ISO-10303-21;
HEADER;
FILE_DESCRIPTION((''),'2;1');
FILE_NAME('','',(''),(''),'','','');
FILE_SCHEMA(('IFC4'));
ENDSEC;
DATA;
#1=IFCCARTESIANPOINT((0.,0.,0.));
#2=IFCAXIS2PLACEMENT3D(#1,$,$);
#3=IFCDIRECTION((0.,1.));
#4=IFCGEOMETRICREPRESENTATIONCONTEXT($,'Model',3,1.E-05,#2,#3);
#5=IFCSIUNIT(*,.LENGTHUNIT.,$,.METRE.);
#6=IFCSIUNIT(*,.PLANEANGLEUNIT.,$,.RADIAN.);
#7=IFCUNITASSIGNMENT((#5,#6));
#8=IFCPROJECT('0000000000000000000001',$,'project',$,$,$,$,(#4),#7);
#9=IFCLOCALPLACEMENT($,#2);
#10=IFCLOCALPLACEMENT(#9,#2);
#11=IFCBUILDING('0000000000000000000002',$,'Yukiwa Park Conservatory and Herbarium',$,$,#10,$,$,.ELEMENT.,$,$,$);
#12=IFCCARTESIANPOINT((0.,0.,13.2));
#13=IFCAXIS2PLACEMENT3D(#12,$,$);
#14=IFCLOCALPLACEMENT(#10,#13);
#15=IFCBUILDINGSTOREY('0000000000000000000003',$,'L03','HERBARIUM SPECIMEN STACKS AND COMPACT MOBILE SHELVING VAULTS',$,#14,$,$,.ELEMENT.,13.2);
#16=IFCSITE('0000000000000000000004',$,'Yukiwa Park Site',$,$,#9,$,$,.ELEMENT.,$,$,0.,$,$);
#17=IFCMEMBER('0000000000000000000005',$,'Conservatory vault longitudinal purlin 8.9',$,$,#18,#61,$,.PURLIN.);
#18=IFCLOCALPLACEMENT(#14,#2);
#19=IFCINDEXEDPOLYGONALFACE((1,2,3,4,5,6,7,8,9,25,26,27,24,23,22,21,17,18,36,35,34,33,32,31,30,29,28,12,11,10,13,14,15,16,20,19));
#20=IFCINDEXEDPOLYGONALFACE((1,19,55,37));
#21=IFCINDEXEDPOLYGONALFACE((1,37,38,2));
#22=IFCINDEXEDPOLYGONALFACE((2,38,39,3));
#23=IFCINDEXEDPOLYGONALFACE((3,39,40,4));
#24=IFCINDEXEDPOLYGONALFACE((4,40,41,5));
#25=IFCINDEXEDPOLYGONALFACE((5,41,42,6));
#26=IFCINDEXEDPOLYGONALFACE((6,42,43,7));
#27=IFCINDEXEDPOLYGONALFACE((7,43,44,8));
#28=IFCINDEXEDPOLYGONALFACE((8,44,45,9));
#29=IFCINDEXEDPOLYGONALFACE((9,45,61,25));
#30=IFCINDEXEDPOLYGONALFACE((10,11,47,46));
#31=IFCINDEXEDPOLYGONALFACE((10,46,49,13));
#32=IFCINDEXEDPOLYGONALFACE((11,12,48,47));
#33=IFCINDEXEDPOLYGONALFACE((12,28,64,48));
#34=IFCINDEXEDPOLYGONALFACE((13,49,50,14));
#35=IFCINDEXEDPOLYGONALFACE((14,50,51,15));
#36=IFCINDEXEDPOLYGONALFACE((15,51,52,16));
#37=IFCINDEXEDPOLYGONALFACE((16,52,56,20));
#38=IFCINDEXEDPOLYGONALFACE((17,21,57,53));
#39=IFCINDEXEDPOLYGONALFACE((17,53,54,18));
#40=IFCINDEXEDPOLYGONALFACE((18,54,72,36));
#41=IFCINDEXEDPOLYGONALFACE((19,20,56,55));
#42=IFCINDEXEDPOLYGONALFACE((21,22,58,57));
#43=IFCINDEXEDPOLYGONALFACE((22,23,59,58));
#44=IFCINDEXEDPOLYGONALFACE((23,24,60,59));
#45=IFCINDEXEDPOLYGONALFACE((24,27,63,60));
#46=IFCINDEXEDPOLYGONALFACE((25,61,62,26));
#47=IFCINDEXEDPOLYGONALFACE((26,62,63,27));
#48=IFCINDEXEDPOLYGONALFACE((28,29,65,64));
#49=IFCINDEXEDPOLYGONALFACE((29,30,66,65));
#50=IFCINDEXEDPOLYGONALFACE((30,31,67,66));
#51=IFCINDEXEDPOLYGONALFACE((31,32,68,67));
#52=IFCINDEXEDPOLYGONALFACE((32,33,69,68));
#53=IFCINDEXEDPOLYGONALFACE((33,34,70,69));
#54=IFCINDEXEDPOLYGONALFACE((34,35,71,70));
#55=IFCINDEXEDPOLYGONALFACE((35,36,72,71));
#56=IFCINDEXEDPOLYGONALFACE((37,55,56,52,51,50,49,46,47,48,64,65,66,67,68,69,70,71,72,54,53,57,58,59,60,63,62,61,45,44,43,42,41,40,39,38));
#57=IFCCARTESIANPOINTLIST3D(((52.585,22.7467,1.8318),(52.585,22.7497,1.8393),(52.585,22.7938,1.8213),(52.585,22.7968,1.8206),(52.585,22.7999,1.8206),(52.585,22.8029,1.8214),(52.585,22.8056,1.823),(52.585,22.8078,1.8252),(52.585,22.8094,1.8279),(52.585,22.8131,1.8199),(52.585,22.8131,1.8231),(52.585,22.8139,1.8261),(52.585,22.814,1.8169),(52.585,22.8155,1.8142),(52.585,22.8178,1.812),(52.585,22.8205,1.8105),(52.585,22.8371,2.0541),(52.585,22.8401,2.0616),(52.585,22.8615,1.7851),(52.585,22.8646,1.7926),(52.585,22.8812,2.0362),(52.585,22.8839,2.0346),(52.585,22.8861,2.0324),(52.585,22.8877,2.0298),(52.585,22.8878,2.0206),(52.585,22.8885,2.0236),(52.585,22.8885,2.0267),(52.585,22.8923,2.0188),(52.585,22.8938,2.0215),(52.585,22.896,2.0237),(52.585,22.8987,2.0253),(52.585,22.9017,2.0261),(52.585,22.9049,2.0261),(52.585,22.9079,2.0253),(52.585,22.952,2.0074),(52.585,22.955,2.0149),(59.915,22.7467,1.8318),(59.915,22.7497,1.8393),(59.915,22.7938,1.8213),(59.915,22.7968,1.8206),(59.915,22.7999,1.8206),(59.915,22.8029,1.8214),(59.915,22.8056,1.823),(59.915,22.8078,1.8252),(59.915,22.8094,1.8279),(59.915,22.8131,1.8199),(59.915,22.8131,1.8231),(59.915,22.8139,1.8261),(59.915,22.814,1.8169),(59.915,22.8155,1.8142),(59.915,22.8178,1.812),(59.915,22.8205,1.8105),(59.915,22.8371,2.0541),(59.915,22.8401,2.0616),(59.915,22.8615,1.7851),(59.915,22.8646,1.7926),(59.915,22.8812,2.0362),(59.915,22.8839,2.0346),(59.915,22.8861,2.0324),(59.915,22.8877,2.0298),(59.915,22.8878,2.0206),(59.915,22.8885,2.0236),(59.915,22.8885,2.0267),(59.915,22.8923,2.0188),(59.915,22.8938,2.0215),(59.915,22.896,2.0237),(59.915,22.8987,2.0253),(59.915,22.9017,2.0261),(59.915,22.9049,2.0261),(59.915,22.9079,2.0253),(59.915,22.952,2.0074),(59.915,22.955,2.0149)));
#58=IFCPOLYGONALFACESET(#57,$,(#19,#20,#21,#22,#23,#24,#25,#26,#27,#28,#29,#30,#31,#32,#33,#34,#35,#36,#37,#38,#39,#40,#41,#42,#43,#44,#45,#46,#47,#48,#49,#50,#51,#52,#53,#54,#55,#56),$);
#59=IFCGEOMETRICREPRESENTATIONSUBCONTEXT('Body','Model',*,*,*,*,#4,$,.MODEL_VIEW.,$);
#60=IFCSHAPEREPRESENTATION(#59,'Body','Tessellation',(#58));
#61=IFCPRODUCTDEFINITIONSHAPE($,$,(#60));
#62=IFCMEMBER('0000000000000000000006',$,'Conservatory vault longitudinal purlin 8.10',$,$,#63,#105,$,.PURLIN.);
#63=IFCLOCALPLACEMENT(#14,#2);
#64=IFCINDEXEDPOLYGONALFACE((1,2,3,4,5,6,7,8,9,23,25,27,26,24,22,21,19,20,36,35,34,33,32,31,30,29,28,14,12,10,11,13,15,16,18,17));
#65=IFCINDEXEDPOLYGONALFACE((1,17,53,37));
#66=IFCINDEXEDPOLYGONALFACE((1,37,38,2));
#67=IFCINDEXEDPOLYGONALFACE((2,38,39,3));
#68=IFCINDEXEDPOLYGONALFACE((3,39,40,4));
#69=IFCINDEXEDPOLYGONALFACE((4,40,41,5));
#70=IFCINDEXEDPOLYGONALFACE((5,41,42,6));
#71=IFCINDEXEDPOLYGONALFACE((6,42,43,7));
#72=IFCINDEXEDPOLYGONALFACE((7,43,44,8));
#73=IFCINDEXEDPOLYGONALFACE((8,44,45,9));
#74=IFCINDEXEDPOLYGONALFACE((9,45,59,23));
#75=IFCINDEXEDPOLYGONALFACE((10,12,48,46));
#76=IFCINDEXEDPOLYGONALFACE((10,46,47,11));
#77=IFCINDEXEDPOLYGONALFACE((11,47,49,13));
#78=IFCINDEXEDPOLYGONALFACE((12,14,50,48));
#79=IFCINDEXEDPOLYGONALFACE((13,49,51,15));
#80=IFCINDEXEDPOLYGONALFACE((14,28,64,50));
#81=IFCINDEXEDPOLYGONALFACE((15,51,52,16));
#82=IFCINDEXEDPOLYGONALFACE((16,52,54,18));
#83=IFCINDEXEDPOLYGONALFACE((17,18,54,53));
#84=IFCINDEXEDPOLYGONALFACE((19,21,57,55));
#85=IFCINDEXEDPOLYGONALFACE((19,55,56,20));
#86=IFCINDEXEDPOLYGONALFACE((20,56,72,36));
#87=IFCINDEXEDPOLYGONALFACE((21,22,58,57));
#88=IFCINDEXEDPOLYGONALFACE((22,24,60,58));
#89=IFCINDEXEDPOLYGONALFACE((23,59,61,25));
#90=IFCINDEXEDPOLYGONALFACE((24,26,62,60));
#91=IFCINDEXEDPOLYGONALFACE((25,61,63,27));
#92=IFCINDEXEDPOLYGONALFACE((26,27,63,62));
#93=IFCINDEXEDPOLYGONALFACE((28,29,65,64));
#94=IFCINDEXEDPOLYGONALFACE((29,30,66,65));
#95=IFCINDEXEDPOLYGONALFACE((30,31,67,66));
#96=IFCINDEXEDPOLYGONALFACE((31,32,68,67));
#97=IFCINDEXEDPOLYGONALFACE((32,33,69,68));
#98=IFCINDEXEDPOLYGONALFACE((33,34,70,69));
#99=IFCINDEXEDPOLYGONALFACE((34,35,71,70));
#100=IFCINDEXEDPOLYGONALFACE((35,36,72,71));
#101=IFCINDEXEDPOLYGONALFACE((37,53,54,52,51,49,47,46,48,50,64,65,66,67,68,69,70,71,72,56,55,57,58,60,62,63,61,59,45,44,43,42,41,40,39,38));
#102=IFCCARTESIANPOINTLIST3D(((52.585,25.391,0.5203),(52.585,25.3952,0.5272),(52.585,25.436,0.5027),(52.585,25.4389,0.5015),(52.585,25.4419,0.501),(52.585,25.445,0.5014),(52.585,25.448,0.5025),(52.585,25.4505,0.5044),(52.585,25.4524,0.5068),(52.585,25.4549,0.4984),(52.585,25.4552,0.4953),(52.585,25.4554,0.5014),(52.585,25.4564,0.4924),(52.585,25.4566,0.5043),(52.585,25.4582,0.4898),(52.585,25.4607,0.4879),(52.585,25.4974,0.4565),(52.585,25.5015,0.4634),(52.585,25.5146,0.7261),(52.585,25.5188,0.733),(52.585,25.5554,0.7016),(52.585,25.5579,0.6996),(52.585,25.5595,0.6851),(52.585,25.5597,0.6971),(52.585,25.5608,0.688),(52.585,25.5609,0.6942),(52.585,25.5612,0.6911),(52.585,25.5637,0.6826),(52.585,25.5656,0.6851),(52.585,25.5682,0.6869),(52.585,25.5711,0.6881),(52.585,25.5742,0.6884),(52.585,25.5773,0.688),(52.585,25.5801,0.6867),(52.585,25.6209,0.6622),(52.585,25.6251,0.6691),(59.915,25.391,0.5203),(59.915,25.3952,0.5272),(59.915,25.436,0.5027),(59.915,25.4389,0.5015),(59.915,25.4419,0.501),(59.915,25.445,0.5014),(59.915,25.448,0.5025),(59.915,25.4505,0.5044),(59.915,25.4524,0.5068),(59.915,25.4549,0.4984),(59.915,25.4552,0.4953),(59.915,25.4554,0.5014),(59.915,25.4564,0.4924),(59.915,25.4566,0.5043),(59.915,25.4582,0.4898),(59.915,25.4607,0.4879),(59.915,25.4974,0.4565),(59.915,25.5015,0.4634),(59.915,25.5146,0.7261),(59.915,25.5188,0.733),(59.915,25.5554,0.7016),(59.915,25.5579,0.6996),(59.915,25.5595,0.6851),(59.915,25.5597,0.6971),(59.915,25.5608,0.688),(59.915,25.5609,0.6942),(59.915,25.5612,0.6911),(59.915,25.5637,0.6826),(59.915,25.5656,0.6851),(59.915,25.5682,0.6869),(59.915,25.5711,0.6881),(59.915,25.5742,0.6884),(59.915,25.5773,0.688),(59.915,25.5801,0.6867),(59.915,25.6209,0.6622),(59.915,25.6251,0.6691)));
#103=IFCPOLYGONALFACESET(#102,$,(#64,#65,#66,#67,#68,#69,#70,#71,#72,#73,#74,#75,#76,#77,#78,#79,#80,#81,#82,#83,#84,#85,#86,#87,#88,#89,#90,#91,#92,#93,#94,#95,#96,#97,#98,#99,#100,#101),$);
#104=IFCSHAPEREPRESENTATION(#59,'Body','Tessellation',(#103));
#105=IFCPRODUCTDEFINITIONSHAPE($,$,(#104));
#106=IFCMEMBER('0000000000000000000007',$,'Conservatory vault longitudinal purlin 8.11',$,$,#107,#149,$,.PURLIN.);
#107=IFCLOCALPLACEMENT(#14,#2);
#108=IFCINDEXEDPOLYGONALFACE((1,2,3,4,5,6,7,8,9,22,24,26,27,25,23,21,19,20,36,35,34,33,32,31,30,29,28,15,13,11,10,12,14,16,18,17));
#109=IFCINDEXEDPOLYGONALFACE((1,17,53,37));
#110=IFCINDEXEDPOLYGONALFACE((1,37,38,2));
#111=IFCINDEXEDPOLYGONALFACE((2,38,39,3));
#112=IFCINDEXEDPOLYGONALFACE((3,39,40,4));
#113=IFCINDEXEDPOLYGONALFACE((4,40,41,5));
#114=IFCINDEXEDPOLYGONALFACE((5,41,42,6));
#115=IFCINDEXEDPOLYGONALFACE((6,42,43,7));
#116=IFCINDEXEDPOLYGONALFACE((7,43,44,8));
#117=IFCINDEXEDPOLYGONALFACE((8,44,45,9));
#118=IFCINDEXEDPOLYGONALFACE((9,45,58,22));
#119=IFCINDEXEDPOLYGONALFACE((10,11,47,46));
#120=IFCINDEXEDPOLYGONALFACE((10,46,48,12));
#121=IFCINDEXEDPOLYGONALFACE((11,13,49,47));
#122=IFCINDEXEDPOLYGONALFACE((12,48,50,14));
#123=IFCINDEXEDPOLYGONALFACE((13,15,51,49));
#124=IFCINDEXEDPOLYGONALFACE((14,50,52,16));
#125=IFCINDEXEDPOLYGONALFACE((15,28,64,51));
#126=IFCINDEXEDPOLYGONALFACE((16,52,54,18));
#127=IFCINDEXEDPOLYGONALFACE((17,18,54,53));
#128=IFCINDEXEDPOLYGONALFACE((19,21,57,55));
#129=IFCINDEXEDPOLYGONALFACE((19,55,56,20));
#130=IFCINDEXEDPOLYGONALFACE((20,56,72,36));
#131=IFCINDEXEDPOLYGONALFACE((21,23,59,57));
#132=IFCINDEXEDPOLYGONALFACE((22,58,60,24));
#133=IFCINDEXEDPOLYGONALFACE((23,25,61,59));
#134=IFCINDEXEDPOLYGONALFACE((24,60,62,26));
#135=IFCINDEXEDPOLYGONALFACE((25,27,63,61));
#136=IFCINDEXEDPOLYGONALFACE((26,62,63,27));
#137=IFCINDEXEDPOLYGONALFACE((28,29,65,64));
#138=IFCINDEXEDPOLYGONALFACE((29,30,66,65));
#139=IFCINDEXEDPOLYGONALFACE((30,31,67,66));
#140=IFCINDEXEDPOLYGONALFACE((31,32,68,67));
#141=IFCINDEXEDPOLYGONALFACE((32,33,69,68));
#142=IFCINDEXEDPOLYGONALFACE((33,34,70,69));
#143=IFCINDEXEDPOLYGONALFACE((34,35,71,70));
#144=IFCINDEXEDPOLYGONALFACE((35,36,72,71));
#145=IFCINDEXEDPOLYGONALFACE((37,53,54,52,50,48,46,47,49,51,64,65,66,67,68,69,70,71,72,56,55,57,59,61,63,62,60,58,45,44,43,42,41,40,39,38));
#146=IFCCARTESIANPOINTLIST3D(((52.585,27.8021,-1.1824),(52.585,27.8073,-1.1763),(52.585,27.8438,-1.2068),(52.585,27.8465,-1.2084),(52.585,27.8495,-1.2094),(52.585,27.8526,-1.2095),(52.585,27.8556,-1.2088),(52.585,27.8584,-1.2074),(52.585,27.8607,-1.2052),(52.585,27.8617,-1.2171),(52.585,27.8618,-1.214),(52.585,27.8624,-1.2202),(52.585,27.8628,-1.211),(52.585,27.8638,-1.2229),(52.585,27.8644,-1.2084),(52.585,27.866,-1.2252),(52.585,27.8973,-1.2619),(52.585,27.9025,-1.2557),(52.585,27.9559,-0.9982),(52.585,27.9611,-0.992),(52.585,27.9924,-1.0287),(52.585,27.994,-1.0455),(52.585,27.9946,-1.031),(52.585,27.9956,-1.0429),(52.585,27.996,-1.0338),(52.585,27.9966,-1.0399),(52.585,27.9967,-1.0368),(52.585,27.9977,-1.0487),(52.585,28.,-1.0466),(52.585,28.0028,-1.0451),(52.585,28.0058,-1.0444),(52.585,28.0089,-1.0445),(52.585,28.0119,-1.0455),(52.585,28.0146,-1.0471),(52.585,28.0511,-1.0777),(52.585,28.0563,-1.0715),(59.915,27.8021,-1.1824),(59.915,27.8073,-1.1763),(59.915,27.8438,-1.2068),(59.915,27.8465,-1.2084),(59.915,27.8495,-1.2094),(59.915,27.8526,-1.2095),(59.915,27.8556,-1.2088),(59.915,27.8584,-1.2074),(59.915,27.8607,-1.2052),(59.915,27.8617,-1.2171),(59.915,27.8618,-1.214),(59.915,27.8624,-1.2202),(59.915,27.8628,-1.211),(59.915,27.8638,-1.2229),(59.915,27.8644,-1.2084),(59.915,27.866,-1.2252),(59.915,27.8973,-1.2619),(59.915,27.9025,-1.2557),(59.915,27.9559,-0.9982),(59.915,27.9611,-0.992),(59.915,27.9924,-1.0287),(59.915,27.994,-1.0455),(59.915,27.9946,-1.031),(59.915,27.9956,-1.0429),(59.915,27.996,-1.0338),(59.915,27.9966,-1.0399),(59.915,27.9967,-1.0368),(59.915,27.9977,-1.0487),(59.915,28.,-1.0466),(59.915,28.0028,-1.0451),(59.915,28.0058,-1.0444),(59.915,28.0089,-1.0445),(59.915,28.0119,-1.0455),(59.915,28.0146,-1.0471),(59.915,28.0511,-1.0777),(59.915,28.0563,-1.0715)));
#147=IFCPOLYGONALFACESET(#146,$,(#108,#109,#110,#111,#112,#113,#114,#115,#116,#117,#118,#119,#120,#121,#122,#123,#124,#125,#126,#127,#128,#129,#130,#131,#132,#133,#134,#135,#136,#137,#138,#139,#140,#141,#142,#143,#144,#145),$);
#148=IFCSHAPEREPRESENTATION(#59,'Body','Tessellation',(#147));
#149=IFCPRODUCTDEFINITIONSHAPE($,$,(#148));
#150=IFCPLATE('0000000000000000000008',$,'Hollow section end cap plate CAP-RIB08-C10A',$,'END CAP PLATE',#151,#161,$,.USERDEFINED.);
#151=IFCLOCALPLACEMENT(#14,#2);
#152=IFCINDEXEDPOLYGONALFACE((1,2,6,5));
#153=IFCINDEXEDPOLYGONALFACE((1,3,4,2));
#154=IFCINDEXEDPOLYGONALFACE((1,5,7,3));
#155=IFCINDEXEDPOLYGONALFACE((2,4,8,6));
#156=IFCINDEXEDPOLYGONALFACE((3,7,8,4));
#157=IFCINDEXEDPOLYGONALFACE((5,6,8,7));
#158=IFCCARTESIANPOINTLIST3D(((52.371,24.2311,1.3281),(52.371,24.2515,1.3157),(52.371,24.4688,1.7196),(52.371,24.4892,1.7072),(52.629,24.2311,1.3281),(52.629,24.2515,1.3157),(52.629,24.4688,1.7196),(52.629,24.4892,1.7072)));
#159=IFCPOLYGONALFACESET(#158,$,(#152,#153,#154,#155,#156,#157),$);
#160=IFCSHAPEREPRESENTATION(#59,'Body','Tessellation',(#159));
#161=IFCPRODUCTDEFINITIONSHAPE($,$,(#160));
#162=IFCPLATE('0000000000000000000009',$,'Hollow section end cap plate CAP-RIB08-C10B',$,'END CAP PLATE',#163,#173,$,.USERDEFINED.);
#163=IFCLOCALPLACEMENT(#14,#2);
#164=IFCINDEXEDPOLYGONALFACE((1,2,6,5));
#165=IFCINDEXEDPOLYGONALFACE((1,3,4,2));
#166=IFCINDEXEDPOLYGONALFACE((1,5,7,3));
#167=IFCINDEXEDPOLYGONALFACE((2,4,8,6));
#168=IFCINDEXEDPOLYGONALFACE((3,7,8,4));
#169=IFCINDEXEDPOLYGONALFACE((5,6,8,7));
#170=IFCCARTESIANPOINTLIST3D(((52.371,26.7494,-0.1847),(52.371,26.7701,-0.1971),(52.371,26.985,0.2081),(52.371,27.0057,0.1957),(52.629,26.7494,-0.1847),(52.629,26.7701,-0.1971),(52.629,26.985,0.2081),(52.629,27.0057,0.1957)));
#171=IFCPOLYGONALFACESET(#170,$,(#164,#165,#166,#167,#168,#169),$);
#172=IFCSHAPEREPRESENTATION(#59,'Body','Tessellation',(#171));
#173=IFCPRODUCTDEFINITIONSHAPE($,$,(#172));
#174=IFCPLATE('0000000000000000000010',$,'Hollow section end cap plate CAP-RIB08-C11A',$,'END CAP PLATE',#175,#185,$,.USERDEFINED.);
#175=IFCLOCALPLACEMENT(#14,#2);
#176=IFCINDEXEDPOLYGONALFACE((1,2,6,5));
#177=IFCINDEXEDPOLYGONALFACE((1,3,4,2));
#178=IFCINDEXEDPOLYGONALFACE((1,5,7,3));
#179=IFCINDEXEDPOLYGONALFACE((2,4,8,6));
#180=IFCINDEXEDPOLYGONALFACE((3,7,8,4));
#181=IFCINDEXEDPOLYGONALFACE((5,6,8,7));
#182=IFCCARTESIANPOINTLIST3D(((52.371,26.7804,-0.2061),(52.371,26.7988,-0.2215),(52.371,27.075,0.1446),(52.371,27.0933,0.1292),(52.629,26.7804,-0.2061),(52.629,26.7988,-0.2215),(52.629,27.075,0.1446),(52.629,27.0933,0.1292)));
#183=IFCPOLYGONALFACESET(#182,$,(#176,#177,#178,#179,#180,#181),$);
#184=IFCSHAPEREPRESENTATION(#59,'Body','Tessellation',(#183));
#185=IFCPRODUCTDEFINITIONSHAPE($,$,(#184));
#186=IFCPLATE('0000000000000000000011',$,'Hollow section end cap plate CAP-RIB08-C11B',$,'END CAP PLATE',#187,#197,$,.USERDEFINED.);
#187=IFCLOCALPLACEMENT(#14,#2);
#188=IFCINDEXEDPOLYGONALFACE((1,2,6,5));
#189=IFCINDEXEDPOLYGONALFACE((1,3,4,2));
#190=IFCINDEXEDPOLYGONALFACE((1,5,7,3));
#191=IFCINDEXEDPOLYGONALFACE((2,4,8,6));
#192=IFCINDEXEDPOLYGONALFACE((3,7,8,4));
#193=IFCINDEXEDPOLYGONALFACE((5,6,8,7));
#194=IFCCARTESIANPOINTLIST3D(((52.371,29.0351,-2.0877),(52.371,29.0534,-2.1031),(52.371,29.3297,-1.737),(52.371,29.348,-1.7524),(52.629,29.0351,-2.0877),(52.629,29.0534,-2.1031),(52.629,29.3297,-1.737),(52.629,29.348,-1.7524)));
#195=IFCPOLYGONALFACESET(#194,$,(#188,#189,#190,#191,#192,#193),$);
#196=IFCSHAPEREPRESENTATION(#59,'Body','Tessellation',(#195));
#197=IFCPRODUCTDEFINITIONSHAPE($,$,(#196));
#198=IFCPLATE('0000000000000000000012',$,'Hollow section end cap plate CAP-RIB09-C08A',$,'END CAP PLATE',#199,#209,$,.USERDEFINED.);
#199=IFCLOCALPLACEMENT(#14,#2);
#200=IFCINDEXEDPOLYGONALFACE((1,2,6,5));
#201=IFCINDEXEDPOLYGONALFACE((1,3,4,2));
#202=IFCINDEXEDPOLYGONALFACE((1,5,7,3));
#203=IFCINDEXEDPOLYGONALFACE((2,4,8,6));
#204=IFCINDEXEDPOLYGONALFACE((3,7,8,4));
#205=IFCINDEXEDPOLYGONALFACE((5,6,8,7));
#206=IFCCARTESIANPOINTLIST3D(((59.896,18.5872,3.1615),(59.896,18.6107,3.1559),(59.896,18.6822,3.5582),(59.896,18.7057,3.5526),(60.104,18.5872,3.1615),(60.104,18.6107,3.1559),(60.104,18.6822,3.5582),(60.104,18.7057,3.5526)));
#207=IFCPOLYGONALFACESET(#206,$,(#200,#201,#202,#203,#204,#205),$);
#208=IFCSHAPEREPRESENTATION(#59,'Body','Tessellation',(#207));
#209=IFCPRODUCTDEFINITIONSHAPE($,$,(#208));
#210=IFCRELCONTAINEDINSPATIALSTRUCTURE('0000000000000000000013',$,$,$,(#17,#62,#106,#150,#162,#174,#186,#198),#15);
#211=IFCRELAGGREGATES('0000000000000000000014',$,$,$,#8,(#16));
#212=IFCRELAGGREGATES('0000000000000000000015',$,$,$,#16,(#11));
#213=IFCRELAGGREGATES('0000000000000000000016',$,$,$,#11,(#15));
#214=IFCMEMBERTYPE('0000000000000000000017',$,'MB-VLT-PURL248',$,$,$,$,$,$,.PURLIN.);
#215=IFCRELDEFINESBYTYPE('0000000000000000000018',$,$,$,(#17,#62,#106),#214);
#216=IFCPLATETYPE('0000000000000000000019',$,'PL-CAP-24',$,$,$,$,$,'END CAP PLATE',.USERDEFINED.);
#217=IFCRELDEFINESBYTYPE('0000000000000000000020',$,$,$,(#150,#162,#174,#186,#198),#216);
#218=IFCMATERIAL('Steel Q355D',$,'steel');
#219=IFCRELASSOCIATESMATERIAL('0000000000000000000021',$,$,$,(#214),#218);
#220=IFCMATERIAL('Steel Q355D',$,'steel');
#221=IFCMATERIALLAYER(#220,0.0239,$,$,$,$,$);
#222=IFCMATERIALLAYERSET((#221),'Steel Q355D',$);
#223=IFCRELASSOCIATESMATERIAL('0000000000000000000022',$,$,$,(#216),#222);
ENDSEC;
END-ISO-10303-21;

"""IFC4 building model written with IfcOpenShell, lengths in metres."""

from ifc_helpers import new_model, si_unit, direction, frame, origin, origin_2d, place, context, subcontext, project, spatial, rectangle, i_section, extrude, material, layer, layer_set, material_profile, profile_set, type_object, element, save


model = new_model("IFC4")

# Units and contexts
model_context = context("Model", 3, precision=1e-05, world=origin(), true_north=direction((0.0, 1.0)))
body_context = subcontext(model_context, "Body", "Model", "MODEL_VIEW")
ifc_project = project(units=[si_unit("LENGTHUNIT", "METRE"), si_unit("PLANEANGLEUNIT", "RADIAN")], contexts=[model_context])

# Site, building, storey
site_placement = place(None, origin())
site = spatial("IfcSite", under=ifc_project, at=site_placement, Name="Yukiwa Park Site", CompositionType="ELEMENT", RefElevation=0.0)
building_placement = place(site_placement, origin())
building = spatial("IfcBuilding", under=site, at=building_placement, Name="Yukiwa Park Conservatory and Herbarium", CompositionType="ELEMENT")
storey_placement = place(building_placement, frame((0.0, 0.0, 13.2)))
storey = spatial("IfcBuildingStorey", under=building, at=storey_placement, Name="L03", Description="HERBARIUM SPECIMEN STACKS AND COMPACT MOBILE SHELVING VAULTS", CompositionType="ELEMENT", Elevation=13.2)

# Members
ifc_material_1 = material(Name="Steel Q355D", Category="steel")
ifc_material_profile_1 = material_profile(ifc_material_1, i_section(OverallWidth=0.124, OverallDepth=0.248, WebThickness=0.0049, FlangeThickness=0.0081, FilletRadius=0.012, at=origin_2d()), Name="HN 248x124x5x8")
ifc_profile_set_1 = profile_set([ifc_material_profile_1], Name="Steel Q355D")
member_type = type_object("IfcMemberType", Name="MB-VLT-PURL248", PredefinedType="PURLIN", material=ifc_profile_set_1)
for number, where, z_axis, x_axis, name in (
    (1, (52.585, 22.8508, 1.9233), (1.0, 0.0, 0.0), (0.0, 0.926282, -0.376831), "Conservatory vault longitudinal purlin 8.9"),
    (2, (52.585, 25.5081, 0.5947), (1.0, 0.0, 0.0), (0.0, 0.857234, -0.514927), "Conservatory vault longitudinal purlin 8.10"),
    (3, (52.585, 27.9292, -1.127), (1.0, 0.0, 0.0), (0.0, 0.767751, -0.640748), "Conservatory vault longitudinal purlin 8.11"),
):
    element("IfcMember", number, at=place(storey_placement, frame(where, z_axis=z_axis, x_axis=x_axis)), inside=storey, type_object=member_type, Name=name, PredefinedType="PURLIN", context=body_context, shape_type="SweptSolid", body=[
        extrude(i_section(OverallWidth=0.124, OverallDepth=0.248, WebThickness=0.0049, FlangeThickness=0.0081, FilletRadius=0.012, at=origin_2d()), origin(), (0.0, 0.0, 1.0), 7.3301),
    ])

# Plates
ifc_material_2 = material(Name="Steel Q355D", Category="steel")
ifc_layer_1 = layer(ifc_material_2, 0.0239)
ifc_layer_set_1 = layer_set([ifc_layer_1], Name="Steel Q355D")
plate_type_1 = type_object("IfcPlateType", Name="PL-CAP-24", ElementType="END CAP PLATE", PredefinedType="USERDEFINED", material=ifc_layer_set_1)
plate_1_placement = place(storey_placement, frame((52.5, 24.3704, 1.5115), z_axis=(0.0, -0.854788, 0.518978), x_axis=(1.0, 0.0, 0.0)))
element("IfcPlate", 4, at=plate_1_placement, inside=storey, type_object=plate_type_1, Name="Hollow section end cap plate CAP-RIB08-C10A", ObjectType="END CAP PLATE", PredefinedType="USERDEFINED", context=body_context, shape_type="SweptSolid", body=[
    extrude(rectangle(XDim=0.2581, YDim=0.458, at=origin_2d()), origin(), (0.0, 0.0, 1.0), 0.0239),
])
plate_2_placement = place(storey_placement, frame((52.5, 26.8672, 0.0117), z_axis=(0.0, 0.857493, -0.514496), x_axis=(-1.0, 0.0, 0.0)))
element("IfcPlate", 5, at=plate_2_placement, inside=storey, type_object=plate_type_1, Name="Hollow section end cap plate CAP-RIB08-C10B", ObjectType="END CAP PLATE", PredefinedType="USERDEFINED", context=body_context, shape_type="SweptSolid", body=[
    extrude(rectangle(XDim=0.2581, YDim=0.458, at=origin_2d()), origin(), (0.0, 0.0, 1.0), 0.0242),
])
for number, where, z_axis, x_axis, name in (
    (6, (52.5, 26.946, -0.0461), (0.0, -0.765705, 0.643192), (1.0, 0.0, 0.0), "Hollow section end cap plate CAP-RIB08-C11A"),
    (7, (52.5, 29.1824, -1.9124), (0.0, 0.765705, -0.643192), (-1.0, 0.0, 0.0), "Hollow section end cap plate CAP-RIB08-C11B"),
):
    element("IfcPlate", number, at=place(storey_placement, frame(where, z_axis=z_axis, x_axis=x_axis)), inside=storey, type_object=plate_type_1, Name=name, ObjectType="END CAP PLATE", PredefinedType="USERDEFINED", context=body_context, shape_type="SweptSolid", body=[
        extrude(rectangle(XDim=0.2581, YDim=0.458, at=origin_2d()), origin(), (0.0, 0.0, 1.0), 0.0239),
    ])
plate_3_placement = place(storey_placement, frame((60.0, 18.6582, 3.3542), z_axis=(0.0, -0.972479, 0.23299), x_axis=(1.0, 0.0, 0.0)))
element("IfcPlate", 8, at=plate_3_placement, inside=storey, type_object=plate_type_1, Name="Hollow section end cap plate CAP-RIB09-C08A", ObjectType="END CAP PLATE", PredefinedType="USERDEFINED", context=body_context, shape_type="SweptSolid", body=[
    extrude(rectangle(XDim=0.208, YDim=0.408, at=origin_2d()), origin(), (0.0, 0.0, 1.0), 0.0242),
])

save(model, "model.ifc")
